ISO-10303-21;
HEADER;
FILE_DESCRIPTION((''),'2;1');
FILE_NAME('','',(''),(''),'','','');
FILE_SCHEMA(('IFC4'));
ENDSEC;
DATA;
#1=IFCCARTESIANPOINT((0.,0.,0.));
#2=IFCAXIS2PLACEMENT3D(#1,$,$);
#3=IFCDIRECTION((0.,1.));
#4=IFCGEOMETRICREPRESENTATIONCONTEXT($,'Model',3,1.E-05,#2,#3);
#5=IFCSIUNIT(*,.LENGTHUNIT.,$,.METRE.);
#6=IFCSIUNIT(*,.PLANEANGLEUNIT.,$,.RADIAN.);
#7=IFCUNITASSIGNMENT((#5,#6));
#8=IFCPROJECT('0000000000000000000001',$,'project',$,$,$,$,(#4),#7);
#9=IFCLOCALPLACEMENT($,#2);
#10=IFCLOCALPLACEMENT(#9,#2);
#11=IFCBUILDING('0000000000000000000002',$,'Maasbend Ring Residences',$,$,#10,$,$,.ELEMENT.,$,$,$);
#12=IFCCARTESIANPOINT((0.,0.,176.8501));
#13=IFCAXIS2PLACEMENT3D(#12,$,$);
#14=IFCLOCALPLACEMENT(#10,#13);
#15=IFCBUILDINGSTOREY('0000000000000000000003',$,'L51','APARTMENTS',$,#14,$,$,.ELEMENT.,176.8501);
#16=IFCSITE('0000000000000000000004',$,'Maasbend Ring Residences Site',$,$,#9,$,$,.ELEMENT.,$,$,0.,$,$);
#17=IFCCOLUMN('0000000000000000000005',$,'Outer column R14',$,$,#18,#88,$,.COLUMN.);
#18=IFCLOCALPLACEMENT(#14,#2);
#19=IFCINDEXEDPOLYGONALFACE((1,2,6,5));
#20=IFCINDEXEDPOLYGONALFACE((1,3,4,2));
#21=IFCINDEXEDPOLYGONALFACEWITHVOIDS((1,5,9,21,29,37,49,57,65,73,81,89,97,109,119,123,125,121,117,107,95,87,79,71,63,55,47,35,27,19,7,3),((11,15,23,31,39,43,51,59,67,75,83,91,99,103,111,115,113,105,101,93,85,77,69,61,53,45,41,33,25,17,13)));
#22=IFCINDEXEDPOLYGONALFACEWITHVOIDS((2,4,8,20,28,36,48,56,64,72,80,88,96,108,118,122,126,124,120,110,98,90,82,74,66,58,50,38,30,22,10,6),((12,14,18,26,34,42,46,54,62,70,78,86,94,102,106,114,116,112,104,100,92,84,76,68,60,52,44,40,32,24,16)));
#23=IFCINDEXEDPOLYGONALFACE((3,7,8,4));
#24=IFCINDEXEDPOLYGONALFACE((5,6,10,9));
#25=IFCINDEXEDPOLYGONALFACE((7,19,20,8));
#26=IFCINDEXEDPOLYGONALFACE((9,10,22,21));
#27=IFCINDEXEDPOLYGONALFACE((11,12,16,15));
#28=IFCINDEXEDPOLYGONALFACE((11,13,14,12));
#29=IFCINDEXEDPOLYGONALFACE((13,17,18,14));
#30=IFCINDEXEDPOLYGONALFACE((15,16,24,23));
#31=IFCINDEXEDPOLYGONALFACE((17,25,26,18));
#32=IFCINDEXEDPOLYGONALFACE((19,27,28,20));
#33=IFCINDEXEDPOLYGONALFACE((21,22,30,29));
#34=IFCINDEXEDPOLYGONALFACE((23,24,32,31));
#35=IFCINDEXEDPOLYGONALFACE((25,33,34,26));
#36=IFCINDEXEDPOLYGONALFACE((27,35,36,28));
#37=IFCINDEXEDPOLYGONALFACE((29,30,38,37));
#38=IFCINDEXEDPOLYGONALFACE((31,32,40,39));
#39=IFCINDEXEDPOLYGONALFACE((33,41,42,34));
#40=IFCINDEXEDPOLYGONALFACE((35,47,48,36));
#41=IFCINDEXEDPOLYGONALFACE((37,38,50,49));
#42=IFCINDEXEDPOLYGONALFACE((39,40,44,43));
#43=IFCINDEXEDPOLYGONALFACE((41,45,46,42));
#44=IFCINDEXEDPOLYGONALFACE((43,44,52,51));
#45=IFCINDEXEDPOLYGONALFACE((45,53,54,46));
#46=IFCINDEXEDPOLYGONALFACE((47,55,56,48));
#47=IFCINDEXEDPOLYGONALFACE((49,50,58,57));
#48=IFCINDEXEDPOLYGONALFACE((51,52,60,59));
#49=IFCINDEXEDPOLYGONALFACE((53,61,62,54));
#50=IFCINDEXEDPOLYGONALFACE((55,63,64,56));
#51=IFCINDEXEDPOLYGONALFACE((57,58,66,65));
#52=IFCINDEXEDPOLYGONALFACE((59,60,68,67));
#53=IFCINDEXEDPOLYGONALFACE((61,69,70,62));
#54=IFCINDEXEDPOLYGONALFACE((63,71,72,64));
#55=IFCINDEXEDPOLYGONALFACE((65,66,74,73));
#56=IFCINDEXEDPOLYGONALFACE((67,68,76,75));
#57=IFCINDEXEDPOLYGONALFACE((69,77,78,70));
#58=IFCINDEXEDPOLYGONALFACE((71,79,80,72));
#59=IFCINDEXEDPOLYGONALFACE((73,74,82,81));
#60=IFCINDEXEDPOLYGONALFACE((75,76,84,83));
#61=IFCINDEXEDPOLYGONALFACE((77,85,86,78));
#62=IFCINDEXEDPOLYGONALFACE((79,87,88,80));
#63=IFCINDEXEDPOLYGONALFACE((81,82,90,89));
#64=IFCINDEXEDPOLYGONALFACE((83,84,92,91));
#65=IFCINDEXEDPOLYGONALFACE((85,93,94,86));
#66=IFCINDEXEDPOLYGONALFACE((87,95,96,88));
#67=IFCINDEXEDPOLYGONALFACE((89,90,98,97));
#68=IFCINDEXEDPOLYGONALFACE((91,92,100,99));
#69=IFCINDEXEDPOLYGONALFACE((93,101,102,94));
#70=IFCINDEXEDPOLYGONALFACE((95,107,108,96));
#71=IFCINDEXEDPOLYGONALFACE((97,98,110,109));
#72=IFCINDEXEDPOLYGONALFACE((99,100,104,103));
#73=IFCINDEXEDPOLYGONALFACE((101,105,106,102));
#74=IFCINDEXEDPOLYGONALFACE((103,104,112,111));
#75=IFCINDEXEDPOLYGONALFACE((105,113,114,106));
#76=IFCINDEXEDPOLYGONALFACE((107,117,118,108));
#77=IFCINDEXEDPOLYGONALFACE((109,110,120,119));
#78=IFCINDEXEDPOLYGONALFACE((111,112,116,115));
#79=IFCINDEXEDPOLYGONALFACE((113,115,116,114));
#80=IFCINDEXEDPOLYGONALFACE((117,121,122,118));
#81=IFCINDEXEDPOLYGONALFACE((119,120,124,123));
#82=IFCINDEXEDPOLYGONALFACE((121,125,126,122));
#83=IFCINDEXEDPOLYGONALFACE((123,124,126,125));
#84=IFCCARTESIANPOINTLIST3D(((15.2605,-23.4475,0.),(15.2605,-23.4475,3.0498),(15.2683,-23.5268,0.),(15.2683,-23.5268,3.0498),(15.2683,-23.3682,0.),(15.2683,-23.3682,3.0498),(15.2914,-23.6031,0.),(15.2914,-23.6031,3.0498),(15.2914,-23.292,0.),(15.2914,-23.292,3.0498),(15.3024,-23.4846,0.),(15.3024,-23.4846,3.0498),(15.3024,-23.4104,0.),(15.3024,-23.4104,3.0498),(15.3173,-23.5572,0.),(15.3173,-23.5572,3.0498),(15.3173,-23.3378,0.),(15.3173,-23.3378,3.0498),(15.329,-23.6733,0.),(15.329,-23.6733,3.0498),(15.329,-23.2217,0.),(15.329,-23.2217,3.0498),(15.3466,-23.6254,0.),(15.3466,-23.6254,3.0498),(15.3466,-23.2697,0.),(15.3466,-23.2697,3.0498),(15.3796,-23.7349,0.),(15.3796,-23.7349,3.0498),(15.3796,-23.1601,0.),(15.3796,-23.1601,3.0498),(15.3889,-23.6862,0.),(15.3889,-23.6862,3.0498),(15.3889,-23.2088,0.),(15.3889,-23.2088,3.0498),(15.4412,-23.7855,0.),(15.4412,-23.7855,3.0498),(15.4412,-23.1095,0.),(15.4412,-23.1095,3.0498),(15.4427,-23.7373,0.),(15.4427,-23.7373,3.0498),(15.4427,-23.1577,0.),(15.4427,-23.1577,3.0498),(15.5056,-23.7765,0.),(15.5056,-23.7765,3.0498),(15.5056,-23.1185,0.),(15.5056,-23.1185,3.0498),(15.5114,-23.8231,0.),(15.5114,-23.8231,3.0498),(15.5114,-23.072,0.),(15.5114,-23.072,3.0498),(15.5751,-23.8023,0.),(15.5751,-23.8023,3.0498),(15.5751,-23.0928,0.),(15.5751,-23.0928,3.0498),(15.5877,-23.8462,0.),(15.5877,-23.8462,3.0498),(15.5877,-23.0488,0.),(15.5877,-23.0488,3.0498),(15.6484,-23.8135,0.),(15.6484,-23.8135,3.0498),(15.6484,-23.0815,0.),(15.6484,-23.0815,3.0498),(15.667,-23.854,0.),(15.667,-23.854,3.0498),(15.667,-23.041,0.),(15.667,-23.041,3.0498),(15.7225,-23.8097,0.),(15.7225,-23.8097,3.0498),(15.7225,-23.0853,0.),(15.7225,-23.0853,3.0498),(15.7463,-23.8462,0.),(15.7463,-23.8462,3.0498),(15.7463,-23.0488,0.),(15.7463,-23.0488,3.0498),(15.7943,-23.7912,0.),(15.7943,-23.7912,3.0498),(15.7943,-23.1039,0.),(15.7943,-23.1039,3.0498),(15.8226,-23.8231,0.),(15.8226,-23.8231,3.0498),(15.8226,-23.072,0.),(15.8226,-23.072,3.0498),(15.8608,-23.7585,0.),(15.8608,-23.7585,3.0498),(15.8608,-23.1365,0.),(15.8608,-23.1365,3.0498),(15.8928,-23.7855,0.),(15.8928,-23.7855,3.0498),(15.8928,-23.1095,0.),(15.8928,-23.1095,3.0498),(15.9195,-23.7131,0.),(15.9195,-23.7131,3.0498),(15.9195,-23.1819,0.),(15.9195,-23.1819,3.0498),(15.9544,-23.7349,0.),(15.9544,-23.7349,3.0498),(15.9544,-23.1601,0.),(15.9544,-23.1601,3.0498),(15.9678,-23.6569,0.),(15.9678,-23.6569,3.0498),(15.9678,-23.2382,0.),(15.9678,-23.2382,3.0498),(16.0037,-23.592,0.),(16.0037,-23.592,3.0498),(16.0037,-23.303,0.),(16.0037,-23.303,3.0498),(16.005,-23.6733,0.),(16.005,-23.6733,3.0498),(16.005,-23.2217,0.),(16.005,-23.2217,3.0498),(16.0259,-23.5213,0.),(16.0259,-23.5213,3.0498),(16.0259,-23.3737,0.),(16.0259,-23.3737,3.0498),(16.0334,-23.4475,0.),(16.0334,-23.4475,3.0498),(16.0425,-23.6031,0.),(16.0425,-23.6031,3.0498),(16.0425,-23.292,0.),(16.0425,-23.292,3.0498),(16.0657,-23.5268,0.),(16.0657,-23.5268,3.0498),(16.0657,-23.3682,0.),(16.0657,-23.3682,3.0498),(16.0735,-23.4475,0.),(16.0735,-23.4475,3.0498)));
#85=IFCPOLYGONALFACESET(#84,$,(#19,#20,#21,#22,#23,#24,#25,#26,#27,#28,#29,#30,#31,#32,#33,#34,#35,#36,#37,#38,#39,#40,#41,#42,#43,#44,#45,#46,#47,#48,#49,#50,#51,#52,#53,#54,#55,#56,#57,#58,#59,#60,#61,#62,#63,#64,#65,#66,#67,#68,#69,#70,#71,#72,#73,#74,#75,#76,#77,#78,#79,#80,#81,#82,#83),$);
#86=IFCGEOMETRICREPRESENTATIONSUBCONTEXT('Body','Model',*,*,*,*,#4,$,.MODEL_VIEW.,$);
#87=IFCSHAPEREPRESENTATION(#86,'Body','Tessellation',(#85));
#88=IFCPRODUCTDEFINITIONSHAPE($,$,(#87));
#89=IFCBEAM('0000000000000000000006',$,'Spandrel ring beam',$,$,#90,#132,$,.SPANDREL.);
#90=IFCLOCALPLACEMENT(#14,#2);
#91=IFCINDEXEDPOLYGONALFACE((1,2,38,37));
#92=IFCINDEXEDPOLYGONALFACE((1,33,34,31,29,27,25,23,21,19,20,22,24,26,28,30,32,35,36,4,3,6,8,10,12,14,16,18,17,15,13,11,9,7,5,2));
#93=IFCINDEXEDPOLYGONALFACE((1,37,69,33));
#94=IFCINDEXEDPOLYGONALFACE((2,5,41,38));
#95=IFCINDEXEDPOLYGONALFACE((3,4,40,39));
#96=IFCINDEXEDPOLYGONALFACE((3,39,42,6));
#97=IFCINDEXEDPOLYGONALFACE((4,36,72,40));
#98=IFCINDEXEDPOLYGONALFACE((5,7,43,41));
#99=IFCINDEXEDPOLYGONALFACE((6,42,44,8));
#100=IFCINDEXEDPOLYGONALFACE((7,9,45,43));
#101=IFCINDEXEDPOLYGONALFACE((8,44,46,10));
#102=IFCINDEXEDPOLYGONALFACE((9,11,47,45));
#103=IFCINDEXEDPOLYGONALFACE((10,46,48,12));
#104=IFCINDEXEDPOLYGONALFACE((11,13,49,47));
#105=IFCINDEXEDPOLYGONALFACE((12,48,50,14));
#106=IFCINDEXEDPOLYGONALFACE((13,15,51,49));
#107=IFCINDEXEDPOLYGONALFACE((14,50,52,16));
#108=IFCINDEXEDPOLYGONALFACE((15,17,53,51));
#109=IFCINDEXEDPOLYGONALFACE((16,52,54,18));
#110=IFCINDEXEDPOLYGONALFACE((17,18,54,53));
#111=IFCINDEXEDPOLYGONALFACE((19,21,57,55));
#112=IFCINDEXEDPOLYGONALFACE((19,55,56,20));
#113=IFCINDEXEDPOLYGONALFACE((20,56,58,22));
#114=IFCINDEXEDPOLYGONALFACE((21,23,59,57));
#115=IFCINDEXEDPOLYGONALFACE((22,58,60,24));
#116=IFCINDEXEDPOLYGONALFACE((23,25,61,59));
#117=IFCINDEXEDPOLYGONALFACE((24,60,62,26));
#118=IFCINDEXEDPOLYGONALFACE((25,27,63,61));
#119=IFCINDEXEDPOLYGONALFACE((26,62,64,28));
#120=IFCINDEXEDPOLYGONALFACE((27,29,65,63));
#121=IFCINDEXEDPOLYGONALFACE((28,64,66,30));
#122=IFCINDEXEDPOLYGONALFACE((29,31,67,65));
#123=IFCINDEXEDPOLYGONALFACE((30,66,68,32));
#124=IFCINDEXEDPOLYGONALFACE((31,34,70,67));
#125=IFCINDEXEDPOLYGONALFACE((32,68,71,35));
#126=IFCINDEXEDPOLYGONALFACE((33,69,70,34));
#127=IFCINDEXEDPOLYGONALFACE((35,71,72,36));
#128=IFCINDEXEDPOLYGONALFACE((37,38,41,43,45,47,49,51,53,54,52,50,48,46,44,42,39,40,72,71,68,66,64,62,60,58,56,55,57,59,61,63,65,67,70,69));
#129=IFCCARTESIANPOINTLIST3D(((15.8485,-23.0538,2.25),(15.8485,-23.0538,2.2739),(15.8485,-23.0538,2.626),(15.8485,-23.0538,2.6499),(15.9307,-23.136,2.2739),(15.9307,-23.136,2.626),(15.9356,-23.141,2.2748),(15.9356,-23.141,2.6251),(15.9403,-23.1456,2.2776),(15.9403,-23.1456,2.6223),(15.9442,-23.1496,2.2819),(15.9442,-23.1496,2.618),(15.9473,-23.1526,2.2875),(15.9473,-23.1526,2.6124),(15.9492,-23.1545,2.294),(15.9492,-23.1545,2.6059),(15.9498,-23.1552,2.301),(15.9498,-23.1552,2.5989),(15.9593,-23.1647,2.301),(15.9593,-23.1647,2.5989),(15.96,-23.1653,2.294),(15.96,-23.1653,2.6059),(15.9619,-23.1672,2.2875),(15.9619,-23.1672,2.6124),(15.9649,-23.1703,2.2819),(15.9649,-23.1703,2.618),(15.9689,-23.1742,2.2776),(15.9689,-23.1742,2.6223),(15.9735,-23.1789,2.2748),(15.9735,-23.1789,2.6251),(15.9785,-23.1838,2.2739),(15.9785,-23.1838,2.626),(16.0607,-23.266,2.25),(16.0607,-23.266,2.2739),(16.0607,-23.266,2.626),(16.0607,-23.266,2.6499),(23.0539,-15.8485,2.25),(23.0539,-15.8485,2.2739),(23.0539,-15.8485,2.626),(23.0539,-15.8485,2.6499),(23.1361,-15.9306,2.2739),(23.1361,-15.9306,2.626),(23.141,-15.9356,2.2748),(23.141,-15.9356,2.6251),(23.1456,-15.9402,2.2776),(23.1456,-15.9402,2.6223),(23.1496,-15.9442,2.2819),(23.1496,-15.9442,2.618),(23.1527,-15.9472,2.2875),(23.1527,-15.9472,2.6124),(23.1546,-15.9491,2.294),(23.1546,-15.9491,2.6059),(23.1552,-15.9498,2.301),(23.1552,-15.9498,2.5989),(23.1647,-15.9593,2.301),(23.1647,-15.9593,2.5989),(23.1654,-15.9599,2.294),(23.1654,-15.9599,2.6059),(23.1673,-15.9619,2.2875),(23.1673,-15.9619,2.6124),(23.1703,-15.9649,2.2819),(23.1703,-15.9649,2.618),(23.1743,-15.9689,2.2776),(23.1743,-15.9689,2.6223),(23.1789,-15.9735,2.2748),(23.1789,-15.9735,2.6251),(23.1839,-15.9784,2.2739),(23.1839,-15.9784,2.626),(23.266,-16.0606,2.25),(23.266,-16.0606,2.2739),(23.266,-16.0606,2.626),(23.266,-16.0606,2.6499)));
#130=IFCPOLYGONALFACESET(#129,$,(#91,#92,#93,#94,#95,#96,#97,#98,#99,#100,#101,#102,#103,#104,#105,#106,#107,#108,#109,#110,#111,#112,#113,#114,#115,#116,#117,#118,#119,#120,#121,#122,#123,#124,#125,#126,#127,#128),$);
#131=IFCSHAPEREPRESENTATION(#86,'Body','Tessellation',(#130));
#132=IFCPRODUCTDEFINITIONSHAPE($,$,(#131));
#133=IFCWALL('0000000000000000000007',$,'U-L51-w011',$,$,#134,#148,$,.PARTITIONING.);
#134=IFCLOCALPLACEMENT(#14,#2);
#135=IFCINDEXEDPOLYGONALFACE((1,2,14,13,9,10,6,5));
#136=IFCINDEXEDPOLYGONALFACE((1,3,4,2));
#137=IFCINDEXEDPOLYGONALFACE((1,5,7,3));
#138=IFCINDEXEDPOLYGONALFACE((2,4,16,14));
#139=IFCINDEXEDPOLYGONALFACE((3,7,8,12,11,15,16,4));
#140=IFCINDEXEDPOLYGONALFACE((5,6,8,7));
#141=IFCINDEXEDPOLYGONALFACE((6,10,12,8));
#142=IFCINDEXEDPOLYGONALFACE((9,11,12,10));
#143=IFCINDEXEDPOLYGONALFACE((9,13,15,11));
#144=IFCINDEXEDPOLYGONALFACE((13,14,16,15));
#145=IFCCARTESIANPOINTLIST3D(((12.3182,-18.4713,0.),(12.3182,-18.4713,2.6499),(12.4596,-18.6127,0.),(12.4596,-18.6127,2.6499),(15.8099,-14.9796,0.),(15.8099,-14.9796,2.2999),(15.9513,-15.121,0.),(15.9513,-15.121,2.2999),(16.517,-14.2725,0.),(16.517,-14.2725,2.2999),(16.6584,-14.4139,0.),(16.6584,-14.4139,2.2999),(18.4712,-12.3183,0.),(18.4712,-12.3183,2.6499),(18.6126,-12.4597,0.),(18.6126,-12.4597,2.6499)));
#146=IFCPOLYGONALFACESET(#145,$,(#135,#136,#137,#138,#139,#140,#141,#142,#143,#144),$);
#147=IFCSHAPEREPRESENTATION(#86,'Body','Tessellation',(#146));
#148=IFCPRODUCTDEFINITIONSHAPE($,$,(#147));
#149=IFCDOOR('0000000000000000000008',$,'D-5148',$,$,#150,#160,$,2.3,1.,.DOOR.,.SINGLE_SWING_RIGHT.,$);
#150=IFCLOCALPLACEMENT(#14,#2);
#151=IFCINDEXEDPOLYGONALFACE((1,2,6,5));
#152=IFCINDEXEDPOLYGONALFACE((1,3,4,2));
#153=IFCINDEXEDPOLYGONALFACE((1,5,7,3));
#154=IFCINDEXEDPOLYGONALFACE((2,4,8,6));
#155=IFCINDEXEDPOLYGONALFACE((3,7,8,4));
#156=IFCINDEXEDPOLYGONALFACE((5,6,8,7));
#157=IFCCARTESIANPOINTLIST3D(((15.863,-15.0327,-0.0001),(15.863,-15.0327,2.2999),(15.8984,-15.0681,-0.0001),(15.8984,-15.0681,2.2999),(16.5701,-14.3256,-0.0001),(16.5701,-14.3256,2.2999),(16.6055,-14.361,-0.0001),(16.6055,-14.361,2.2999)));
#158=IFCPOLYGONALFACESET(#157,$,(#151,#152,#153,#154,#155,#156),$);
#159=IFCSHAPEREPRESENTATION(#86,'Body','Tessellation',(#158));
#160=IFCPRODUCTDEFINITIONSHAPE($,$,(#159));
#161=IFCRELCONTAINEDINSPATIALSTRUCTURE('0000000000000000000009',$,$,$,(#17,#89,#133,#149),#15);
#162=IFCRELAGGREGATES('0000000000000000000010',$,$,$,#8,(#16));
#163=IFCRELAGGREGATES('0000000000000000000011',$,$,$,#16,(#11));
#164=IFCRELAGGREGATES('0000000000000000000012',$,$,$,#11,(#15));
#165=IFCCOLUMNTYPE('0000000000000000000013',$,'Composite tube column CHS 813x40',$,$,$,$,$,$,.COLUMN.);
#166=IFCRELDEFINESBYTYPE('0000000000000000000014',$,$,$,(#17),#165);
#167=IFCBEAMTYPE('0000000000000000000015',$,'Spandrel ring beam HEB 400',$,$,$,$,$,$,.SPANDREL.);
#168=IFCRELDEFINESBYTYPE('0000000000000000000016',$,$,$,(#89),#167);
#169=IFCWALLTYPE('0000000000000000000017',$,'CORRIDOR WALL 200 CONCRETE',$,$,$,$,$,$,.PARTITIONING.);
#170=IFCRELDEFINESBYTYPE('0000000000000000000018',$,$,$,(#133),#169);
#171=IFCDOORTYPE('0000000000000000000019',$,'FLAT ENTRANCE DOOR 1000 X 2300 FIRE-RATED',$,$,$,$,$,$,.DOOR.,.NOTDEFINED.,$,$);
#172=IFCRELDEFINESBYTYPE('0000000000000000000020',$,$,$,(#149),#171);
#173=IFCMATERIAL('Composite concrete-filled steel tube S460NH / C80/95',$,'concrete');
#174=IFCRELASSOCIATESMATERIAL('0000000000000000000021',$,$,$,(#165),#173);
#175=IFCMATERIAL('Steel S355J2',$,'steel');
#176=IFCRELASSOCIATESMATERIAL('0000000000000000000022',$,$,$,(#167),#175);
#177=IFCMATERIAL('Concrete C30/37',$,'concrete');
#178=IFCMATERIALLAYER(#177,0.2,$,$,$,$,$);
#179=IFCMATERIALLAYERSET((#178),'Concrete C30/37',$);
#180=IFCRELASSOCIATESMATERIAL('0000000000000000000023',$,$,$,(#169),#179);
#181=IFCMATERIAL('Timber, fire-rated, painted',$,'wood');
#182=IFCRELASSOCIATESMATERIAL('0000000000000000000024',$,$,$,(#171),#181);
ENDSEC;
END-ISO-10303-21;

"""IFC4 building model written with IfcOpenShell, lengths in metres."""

from ifc_helpers import new_model, si_unit, direction, frame, frame_2d, origin, origin_2d, place, context, subcontext, project, spatial, rectangle, hollow_circle, i_section, extrude, material, layer, layer_set, material_profile, profile_set, type_object, element, fill, save


model = new_model("IFC4")

# Units and contexts
model_context = context("Model", 3, precision=1e-05, world=origin(), true_north=direction((0.0, 1.0)))
body_context = subcontext(model_context, "Body", "Model", "MODEL_VIEW")
ifc_project = project(units=[si_unit("LENGTHUNIT", "METRE"), si_unit("PLANEANGLEUNIT", "RADIAN")], contexts=[model_context])

# Site, building, storey
site_placement = place(None, origin())
site = spatial("IfcSite", under=ifc_project, at=site_placement, Name="Maasbend Ring Residences Site", CompositionType="ELEMENT", RefElevation=0.0)
building_placement = place(site_placement, origin())
building = spatial("IfcBuilding", under=site, at=building_placement, Name="Maasbend Ring Residences", CompositionType="ELEMENT")
storey_placement = place(building_placement, frame((0.0, 0.0, 176.8501)))
storey = spatial("IfcBuildingStorey", under=building, at=storey_placement, Name="L51", Description="APARTMENTS", CompositionType="ELEMENT", Elevation=176.8501)

# Column
ifc_material_1 = material(Name="Composite concrete-filled steel tube S460NH / C80/95", Category="concrete")
ifc_material_profile_1 = material_profile(ifc_material_1, hollow_circle(Radius=0.4065, WallThickness=0.04, at=origin_2d()), Name="Composite tube column CHS 813x40")
ifc_profile_set_1 = profile_set([ifc_material_profile_1], Name="Composite concrete-filled steel tube S460NH / C80/95")
column_type = type_object("IfcColumnType", Name="Composite tube column CHS 813x40", PredefinedType="COLUMN", material=ifc_profile_set_1)
column_placement = place(storey_placement, frame((15.667, -23.4475, 0.0), z_axis=(0.0, 0.0, 1.0), x_axis=(1.0, 0.0, 0.0)))
element("IfcColumn", 1, at=column_placement, inside=storey, type_object=column_type, Name="Outer column R14", PredefinedType="COLUMN", context=body_context, shape_type="SweptSolid", body=[
    extrude(hollow_circle(Radius=0.4065, WallThickness=0.04, at=origin_2d()), origin(), (0.0, 0.0, 1.0), 3.0498),
])

# Beam
ifc_material_2 = material(Name="Steel S355J2", Category="steel")
ifc_material_profile_2 = material_profile(ifc_material_2, i_section(OverallWidth=0.3, OverallDepth=0.3999, WebThickness=0.0134, FlangeThickness=0.0239, FilletRadius=0.0271, at=origin_2d()), Name="HEB 400")
ifc_profile_set_2 = profile_set([ifc_material_profile_2], Name="Steel S355J2")
beam_type = type_object("IfcBeamType", Name="Spandrel ring beam HEB 400", PredefinedType="SPANDREL", material=ifc_profile_set_2)
beam_placement = place(storey_placement, frame((15.9546, -23.1599, 2.45), z_axis=(0.707107, 0.707107, 0.0), x_axis=(-0.707107, 0.707107, 0.0)))
element("IfcBeam", 2, at=beam_placement, inside=storey, type_object=beam_type, Name="Spandrel ring beam", PredefinedType="SPANDREL", context=body_context, shape_type="SweptSolid", body=[
    extrude(i_section(OverallWidth=0.3, OverallDepth=0.3999, WebThickness=0.0134, FlangeThickness=0.0239, FilletRadius=0.0271, at=origin_2d()), origin(), (0.0, 0.0, 1.0), 10.1899),
])

# Wall, opening, door
ifc_material_3 = material(Name="Concrete C30/37", Category="concrete")
ifc_layer_1 = layer(ifc_material_3, 0.2)
ifc_layer_set_1 = layer_set([ifc_layer_1], Name="Concrete C30/37")
wall_type_1 = type_object("IfcWallType", Name="CORRIDOR WALL 200 CONCRETE", PredefinedType="PARTITIONING", material=ifc_layer_set_1)
wall_1_placement = place(storey_placement, frame((12.3889, -18.542, 0.0), z_axis=(0.0, 0.0, 1.0), x_axis=(0.707107, 0.707107, 0.0)))
wall_1 = element("IfcWall", 3, at=wall_1_placement, inside=storey, type_object=wall_type_1, Name="U-L51-w011", PredefinedType="PARTITIONING", context=body_context, shape_type="SweptSolid", body=[
    extrude(rectangle(XDim=8.7017, YDim=0.2, at=frame_2d((4.3508, 0.0))), origin(), (0.0, 0.0, 1.0), 2.6499),
])
opening_1_placement = place(wall_1_placement, frame((4.938, 0.0, 0.0)))
opening_1 = element("IfcOpeningElement", 4, at=opening_1_placement, cuts=wall_1, PredefinedType="OPENING", context=body_context, shape_type="SweptSolid", body=[
    extrude(rectangle(XDim=1.0, YDim=2.3, at=frame_2d((0.5, 1.1499))), frame((0.0, 0.1099, 0.0), z_axis=(0.0, -1.0, 0.0), x_axis=(1.0, 0.0, 0.0)), (0.0, 0.0, 1.0), 0.22),
])
ifc_material_4 = material(Name="Timber, fire-rated, painted", Category="wood")
door_type_1 = type_object("IfcDoorType", Name="FLAT ENTRANCE DOOR 1000 X 2300 FIRE-RATED", OperationType="NOTDEFINED", PredefinedType="DOOR", material=ifc_material_4)
door_1_placement = place(opening_1_placement, origin())
door_1 = element("IfcDoor", 5, at=door_1_placement, inside=storey, type_object=door_type_1, Name="D-5148", OperationType="SINGLE_SWING_RIGHT", OverallHeight=2.3, OverallWidth=1.0, PredefinedType="DOOR", context=body_context, shape_type="SweptSolid", body=[
    extrude(rectangle(XDim=1.0, YDim=2.3, at=frame_2d((0.5, 1.1499))), frame((0.0, 0.0249, 0.0), z_axis=(0.0, -1.0, 0.0), x_axis=(1.0, 0.0, 0.0)), (0.0, 0.0, 1.0), 0.05),
])
fill(opening_1, door_1)

save(model, "model.ifc")
